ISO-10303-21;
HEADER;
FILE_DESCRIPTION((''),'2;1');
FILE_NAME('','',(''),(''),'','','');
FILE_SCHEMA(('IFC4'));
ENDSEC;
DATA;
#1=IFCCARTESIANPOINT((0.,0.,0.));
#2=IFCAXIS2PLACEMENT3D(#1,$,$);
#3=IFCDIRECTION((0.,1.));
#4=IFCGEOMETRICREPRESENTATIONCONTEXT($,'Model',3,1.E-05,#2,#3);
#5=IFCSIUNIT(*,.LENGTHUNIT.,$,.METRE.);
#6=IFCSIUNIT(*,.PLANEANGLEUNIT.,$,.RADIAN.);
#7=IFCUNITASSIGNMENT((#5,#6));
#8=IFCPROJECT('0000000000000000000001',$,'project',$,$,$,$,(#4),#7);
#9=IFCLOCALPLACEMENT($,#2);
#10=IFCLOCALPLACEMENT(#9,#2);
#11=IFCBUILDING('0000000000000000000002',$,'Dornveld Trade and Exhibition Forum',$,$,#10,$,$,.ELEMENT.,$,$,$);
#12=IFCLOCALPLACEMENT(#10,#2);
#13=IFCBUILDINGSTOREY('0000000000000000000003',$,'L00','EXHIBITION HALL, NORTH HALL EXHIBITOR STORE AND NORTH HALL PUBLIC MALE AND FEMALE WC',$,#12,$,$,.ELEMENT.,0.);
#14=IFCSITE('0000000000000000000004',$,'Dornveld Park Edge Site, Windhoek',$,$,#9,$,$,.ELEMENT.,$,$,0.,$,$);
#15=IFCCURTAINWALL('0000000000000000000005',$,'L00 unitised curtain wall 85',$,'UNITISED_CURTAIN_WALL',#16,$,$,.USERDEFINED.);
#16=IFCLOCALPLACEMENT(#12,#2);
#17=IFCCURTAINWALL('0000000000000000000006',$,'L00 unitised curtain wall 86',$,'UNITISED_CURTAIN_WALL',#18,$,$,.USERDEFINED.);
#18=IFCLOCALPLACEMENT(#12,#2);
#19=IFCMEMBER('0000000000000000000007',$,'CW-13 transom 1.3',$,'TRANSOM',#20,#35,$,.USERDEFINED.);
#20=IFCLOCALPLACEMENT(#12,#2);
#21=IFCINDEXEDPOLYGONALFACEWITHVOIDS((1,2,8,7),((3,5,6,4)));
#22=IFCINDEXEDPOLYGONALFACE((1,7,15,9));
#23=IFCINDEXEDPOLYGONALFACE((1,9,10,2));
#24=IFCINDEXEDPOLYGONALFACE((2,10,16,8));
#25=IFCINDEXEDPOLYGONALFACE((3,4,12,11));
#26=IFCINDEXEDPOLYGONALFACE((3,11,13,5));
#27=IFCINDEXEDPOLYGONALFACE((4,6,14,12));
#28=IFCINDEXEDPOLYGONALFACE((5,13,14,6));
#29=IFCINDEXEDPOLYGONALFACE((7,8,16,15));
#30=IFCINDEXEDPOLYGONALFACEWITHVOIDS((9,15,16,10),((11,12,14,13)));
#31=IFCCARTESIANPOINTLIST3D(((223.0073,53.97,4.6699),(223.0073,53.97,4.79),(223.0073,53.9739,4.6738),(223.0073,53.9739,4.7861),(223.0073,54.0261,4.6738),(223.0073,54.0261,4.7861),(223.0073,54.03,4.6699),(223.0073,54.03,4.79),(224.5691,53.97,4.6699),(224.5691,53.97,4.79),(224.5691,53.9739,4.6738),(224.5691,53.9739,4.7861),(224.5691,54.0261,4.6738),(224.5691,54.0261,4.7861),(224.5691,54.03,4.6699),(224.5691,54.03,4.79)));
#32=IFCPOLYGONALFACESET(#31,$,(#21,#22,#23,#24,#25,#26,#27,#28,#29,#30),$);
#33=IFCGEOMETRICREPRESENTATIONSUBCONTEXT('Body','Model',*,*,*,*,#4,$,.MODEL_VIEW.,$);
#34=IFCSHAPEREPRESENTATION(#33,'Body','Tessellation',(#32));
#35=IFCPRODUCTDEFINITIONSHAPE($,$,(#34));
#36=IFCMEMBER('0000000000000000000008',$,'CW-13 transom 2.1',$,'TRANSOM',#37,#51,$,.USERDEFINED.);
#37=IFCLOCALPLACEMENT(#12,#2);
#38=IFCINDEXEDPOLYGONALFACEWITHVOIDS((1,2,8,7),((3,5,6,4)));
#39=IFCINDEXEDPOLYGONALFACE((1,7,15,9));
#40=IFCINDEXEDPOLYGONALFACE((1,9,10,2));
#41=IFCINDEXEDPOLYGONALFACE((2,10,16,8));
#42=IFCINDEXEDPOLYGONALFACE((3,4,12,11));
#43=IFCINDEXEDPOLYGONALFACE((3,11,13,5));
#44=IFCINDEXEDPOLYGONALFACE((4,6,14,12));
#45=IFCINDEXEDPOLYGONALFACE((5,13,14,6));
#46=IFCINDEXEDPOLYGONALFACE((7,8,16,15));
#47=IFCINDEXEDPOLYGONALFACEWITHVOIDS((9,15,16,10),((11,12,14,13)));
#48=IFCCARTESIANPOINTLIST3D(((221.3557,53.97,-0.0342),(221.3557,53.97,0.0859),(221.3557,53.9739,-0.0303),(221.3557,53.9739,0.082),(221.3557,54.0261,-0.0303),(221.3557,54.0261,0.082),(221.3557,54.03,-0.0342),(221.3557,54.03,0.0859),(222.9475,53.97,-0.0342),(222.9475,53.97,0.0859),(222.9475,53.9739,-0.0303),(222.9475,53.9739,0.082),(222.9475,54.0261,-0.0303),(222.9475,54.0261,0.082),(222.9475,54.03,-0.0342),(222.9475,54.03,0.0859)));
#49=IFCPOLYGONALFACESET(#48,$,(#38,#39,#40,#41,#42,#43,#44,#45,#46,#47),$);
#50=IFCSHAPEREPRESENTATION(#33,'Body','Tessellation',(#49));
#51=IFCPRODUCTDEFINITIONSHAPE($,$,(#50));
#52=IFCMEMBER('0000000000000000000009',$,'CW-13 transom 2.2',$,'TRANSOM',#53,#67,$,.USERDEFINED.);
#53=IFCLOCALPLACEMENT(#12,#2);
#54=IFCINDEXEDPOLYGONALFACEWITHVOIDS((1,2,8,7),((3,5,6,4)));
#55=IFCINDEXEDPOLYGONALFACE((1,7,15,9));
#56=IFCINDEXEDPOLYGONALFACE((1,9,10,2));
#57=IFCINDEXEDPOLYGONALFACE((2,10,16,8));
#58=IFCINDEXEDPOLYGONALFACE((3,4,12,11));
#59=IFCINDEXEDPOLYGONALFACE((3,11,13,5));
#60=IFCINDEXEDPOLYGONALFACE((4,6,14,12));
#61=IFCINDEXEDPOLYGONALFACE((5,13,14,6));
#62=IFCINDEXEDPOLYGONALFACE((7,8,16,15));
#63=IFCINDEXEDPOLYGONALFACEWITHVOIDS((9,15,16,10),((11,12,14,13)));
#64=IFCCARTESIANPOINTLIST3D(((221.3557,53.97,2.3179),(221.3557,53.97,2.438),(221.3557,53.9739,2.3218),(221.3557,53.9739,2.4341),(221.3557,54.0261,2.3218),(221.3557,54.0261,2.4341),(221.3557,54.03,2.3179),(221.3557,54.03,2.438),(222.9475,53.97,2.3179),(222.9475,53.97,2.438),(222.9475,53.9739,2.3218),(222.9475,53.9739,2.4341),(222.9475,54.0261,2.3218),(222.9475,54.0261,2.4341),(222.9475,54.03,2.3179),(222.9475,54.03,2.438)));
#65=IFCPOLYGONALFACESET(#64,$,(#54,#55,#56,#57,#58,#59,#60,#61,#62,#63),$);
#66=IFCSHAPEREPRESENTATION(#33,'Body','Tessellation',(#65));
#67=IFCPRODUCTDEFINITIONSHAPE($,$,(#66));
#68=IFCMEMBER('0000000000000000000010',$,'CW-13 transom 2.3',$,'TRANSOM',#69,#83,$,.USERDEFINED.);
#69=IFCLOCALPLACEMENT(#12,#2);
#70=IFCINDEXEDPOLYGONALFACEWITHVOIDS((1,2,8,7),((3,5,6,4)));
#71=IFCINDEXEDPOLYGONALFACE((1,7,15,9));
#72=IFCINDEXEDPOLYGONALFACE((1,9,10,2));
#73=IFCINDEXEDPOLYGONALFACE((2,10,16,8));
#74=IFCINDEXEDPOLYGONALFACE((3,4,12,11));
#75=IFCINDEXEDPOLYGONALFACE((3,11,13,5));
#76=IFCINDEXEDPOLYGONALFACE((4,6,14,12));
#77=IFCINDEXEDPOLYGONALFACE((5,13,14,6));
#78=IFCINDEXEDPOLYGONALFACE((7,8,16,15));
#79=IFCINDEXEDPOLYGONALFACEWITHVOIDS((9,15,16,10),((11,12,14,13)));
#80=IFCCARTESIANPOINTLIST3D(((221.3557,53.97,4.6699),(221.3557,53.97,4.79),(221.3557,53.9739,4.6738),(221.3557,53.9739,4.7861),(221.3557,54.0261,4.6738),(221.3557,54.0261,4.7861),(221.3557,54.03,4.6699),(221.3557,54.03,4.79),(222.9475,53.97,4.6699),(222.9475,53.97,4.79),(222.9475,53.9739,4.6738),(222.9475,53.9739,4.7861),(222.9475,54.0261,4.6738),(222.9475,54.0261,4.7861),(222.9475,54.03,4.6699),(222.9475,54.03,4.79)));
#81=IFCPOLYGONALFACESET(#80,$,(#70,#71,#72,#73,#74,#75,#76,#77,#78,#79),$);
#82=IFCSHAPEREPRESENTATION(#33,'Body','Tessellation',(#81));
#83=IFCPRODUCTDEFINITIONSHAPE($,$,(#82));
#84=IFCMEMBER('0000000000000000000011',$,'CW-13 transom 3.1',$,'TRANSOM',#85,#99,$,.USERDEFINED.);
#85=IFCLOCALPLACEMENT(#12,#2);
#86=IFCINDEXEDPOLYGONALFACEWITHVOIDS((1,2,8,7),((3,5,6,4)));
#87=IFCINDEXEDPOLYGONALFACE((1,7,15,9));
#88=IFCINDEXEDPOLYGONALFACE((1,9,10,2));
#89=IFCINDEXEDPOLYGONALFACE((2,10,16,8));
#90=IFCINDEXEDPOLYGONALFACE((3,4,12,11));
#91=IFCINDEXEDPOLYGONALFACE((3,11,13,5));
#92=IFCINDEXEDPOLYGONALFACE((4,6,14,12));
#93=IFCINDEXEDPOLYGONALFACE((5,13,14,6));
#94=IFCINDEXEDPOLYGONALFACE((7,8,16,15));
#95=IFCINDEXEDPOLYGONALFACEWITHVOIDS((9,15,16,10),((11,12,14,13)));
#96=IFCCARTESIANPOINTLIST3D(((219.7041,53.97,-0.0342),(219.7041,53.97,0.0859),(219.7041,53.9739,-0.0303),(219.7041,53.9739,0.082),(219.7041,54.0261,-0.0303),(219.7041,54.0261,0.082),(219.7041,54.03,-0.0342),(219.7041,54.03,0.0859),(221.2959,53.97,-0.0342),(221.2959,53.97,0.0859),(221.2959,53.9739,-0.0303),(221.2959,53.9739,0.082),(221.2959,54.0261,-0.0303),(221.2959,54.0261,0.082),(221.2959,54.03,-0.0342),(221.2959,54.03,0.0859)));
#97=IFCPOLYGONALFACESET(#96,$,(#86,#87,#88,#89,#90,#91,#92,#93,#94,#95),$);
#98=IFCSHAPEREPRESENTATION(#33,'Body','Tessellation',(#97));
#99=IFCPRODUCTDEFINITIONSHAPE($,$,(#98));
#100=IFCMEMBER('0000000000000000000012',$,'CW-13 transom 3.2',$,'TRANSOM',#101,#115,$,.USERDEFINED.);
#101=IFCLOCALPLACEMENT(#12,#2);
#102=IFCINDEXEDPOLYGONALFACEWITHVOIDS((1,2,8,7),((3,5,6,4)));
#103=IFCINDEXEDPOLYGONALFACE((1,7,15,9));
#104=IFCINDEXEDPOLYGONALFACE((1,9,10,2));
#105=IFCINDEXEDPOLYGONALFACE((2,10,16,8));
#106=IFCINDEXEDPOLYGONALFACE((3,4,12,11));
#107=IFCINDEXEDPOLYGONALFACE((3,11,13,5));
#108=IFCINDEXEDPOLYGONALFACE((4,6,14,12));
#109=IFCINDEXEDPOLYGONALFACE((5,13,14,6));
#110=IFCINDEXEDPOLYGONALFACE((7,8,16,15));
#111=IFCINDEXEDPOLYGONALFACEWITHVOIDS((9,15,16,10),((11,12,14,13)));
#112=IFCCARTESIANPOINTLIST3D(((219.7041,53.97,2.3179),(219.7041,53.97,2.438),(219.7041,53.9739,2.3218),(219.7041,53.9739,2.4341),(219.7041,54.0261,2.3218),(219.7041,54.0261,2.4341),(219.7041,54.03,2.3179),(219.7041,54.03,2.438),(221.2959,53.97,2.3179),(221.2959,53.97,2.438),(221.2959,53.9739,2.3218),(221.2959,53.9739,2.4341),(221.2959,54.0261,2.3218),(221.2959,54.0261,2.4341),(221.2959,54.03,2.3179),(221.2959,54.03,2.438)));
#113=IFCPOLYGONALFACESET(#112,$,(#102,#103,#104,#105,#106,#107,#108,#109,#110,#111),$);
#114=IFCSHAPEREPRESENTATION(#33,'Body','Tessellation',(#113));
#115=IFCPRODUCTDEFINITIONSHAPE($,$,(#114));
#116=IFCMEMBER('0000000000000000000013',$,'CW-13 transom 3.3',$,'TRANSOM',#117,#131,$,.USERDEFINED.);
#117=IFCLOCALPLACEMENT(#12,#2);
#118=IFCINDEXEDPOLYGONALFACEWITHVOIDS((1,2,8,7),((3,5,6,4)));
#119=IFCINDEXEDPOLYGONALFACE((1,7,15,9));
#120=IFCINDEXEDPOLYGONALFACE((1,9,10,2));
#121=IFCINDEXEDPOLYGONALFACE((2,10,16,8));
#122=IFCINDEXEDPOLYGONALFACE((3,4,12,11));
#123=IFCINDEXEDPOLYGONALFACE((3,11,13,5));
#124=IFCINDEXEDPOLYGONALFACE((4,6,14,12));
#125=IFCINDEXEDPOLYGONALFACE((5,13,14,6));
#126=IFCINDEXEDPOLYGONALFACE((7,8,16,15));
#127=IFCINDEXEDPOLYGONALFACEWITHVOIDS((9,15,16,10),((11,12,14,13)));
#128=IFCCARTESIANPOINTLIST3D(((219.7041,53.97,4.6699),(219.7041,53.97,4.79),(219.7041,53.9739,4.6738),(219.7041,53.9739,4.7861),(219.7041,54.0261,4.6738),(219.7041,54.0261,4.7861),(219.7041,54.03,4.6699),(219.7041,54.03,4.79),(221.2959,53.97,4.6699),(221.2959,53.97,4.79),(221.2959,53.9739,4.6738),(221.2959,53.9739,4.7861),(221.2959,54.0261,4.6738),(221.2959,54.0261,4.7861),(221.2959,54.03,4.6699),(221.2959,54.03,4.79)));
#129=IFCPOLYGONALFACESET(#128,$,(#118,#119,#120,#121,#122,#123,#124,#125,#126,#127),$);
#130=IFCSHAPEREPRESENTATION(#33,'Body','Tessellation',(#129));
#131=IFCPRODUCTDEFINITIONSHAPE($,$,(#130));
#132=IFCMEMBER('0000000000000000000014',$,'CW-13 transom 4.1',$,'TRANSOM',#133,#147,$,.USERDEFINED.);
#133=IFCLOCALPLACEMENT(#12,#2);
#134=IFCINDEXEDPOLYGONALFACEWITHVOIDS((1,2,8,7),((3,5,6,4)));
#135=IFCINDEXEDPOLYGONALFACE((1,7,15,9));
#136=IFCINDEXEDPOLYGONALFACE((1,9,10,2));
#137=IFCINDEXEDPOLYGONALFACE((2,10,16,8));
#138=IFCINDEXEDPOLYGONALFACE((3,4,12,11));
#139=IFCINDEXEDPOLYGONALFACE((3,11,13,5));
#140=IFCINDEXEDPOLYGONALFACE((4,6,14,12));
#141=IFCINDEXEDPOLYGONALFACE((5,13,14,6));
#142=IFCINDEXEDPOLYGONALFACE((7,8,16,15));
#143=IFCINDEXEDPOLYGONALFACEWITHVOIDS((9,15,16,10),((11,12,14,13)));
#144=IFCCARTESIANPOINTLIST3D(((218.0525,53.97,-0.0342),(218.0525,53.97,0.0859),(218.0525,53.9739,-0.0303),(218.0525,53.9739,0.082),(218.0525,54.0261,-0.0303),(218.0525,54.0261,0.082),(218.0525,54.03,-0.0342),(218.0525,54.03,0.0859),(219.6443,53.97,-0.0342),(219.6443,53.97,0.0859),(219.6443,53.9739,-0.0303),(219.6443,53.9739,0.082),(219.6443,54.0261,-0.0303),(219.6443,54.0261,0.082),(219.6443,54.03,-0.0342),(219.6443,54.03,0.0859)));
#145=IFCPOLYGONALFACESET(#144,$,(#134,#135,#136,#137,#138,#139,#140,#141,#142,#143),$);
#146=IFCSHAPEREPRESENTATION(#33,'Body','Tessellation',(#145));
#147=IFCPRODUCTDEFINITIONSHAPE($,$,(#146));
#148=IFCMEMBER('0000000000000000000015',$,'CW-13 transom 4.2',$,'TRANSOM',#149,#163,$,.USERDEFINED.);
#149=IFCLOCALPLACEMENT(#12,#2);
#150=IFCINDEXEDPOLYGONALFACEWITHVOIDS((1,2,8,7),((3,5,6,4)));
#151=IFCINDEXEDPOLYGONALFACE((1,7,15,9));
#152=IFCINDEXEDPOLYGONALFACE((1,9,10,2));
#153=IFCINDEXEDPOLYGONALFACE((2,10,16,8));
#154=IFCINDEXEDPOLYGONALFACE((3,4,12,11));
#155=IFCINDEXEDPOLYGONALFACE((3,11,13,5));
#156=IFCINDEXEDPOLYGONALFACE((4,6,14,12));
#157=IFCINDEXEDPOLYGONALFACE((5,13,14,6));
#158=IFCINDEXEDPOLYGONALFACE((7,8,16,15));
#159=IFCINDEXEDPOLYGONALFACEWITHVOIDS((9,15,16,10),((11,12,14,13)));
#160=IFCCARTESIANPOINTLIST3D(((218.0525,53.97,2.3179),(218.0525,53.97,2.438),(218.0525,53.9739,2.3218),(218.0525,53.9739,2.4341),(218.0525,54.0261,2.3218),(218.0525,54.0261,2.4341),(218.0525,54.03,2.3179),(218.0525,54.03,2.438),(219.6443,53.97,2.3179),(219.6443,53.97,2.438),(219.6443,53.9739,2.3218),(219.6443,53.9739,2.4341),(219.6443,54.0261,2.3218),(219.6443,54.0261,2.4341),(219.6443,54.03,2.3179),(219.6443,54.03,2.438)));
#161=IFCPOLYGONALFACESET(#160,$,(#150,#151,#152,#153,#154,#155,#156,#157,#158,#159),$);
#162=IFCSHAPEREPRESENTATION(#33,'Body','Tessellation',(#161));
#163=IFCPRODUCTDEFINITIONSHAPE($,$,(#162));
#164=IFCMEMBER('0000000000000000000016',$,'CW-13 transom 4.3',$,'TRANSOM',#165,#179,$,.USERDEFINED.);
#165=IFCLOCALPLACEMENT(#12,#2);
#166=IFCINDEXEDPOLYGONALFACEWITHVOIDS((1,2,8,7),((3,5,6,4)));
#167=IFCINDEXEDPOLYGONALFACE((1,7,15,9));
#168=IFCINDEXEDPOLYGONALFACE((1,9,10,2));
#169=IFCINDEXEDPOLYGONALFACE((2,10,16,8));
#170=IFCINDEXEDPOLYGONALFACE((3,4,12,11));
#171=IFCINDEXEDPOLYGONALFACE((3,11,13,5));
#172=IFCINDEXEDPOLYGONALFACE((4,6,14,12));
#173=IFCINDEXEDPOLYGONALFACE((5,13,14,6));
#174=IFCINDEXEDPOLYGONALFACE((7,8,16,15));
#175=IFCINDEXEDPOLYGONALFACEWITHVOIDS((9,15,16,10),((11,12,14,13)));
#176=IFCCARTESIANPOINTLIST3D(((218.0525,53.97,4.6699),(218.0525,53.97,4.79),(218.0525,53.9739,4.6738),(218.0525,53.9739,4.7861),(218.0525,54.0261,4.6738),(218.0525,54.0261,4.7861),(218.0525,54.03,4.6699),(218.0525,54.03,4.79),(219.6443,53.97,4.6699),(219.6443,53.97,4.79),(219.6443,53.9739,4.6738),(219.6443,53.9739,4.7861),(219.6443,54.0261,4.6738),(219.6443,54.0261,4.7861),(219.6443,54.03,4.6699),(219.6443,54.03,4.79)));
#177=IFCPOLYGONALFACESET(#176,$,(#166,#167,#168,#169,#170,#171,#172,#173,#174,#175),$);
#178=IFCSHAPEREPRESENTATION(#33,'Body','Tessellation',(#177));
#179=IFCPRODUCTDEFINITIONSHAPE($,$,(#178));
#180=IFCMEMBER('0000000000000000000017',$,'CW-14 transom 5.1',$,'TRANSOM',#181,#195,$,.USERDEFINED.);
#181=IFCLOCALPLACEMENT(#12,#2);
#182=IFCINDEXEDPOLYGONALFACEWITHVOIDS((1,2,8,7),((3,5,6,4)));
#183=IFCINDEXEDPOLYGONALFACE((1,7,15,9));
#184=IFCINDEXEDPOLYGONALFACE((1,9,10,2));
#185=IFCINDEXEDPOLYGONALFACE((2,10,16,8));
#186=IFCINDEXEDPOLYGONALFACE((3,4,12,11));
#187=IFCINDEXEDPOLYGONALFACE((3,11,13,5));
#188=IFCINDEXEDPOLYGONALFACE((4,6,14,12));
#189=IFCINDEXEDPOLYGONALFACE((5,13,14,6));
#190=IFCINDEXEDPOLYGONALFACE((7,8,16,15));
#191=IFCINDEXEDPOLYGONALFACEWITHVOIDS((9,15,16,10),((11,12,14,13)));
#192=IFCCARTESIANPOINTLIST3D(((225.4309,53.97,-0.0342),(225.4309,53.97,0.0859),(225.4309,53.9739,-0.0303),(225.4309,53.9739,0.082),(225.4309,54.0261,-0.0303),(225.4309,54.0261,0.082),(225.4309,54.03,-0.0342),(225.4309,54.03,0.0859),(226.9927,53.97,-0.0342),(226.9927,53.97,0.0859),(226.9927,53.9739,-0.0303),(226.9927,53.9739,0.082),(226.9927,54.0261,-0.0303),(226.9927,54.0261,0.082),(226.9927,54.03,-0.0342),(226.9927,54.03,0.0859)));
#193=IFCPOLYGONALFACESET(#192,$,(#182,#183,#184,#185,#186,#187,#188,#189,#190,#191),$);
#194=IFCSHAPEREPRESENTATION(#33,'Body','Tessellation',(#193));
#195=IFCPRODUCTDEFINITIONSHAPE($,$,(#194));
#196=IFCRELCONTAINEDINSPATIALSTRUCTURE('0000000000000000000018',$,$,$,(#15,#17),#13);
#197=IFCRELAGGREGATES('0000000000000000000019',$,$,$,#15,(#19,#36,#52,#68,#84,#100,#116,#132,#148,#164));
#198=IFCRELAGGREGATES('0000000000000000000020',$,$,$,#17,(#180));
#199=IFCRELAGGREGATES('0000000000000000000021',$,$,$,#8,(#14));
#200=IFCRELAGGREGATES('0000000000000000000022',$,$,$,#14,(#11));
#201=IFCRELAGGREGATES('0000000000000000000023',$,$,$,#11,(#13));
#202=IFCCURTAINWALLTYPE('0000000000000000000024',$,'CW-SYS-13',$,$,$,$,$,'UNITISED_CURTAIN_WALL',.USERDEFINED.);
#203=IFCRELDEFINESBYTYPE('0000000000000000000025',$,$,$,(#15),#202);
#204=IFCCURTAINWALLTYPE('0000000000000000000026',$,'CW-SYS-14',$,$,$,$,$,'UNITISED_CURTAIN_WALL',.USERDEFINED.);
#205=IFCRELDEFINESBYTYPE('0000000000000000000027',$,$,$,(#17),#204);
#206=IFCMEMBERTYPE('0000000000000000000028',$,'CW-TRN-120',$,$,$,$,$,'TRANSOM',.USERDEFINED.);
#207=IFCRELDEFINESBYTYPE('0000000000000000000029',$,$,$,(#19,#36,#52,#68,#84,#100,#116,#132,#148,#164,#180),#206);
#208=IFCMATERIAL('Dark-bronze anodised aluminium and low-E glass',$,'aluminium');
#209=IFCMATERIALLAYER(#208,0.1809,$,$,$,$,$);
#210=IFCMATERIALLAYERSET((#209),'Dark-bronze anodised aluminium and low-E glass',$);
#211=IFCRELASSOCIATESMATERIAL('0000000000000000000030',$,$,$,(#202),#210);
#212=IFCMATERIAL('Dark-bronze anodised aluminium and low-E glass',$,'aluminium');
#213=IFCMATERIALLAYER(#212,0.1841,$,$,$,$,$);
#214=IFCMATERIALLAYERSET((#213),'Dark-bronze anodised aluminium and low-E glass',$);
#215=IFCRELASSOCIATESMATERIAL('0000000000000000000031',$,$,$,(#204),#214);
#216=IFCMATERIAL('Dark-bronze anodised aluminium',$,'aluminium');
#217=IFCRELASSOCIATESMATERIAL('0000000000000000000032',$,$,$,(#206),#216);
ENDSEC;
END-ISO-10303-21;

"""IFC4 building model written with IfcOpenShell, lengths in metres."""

from ifc_helpers import new_model, si_unit, direction, frame, origin, origin_2d, place, context, subcontext, project, spatial, hollow_rectangle, extrude, material, layer, layer_set, material_profile, profile_set, type_object, element, aggregate, save


model = new_model("IFC4")

# Units and contexts
model_context = context("Model", 3, precision=1e-05, world=origin(), true_north=direction((0.0, 1.0)))
body_context = subcontext(model_context, "Body", "Model", "MODEL_VIEW")
ifc_project = project(units=[si_unit("LENGTHUNIT", "METRE"), si_unit("PLANEANGLEUNIT", "RADIAN")], contexts=[model_context])

# Site, building, storey
site_placement = place(None, origin())
site = spatial("IfcSite", under=ifc_project, at=site_placement, Name="Dornveld Park Edge Site, Windhoek", CompositionType="ELEMENT", RefElevation=0.0)
building_placement = place(site_placement, origin())
building = spatial("IfcBuilding", under=site, at=building_placement, Name="Dornveld Trade and Exhibition Forum", CompositionType="ELEMENT")
storey_placement = place(building_placement, origin())
storey = spatial("IfcBuildingStorey", under=building, at=storey_placement, Name="L00", Description="EXHIBITION HALL, NORTH HALL EXHIBITOR STORE AND NORTH HALL PUBLIC MALE AND FEMALE WC", CompositionType="ELEMENT", Elevation=0.0)

# Curtain wall
ifc_material_1 = material(Name="Dark-bronze anodised aluminium and low-E glass", Category="aluminium")
ifc_layer_1 = layer(ifc_material_1, 0.1809)
ifc_layer_set_1 = layer_set([ifc_layer_1], Name="Dark-bronze anodised aluminium and low-E glass")
curtain_wall_type_1 = type_object("IfcCurtainWallType", Name="CW-SYS-13", ElementType="UNITISED_CURTAIN_WALL", PredefinedType="USERDEFINED", material=ifc_layer_set_1)
curtain_wall_1_placement = place(storey_placement, origin())
curtain_wall_1 = element("IfcCurtainWall", 1, at=curtain_wall_1_placement, inside=storey, type_object=curtain_wall_type_1, Name="L00 unitised curtain wall 85", ObjectType="UNITISED_CURTAIN_WALL", PredefinedType="USERDEFINED")

# Curtain wall
ifc_material_2 = material(Name="Dark-bronze anodised aluminium and low-E glass", Category="aluminium")
ifc_layer_2 = layer(ifc_material_2, 0.1841)
ifc_layer_set_2 = layer_set([ifc_layer_2], Name="Dark-bronze anodised aluminium and low-E glass")
curtain_wall_type_2 = type_object("IfcCurtainWallType", Name="CW-SYS-14", ElementType="UNITISED_CURTAIN_WALL", PredefinedType="USERDEFINED", material=ifc_layer_set_2)
curtain_wall_2_placement = place(storey_placement, origin())
curtain_wall_2 = element("IfcCurtainWall", 2, at=curtain_wall_2_placement, inside=storey, type_object=curtain_wall_type_2, Name="L00 unitised curtain wall 86", ObjectType="UNITISED_CURTAIN_WALL", PredefinedType="USERDEFINED")

# Members
ifc_material_3 = material(Name="Dark-bronze anodised aluminium", Category="aluminium")
ifc_material_profile_1 = material_profile(ifc_material_3, hollow_rectangle(XDim=0.0601, YDim=0.1201, WallThickness=0.0039, at=origin_2d()), Name="RHS 120x60x4")
ifc_profile_set_1 = profile_set([ifc_material_profile_1], Name="Dark-bronze anodised aluminium")
member_type_1 = type_object("IfcMemberType", Name="CW-TRN-120", ElementType="TRANSOM", PredefinedType="USERDEFINED", material=ifc_profile_set_1)
member_1_placement = place(storey_placement, frame((224.5691, 54.0, 4.73), z_axis=(-1.0, 0.0, 0.0), x_axis=(0.0, -1.0, 0.0)))
member_1 = element("IfcMember", 3, at=member_1_placement, type_object=member_type_1, Name="CW-13 transom 1.3", ObjectType="TRANSOM", PredefinedType="USERDEFINED", context=body_context, shape_type="SweptSolid", body=[
    extrude(hollow_rectangle(XDim=0.0601, YDim=0.1201, WallThickness=0.0039, at=origin_2d()), origin(), (0.0, 0.0, 1.0), 1.5618),
])
member_2_placement = place(storey_placement, frame((222.9475, 54.0, 0.0259), z_axis=(-1.0, 0.0, 0.0), x_axis=(0.0, -1.0, 0.0)))
member_2 = element("IfcMember", 4, at=member_2_placement, type_object=member_type_1, Name="CW-13 transom 2.1", ObjectType="TRANSOM", PredefinedType="USERDEFINED", context=body_context, shape_type="SweptSolid", body=[
    extrude(hollow_rectangle(XDim=0.0601, YDim=0.1201, WallThickness=0.0039, at=origin_2d()), origin(), (0.0, 0.0, 1.0), 1.5918),
])
member_3_placement = place(storey_placement, frame((222.9475, 54.0, 2.3779), z_axis=(-1.0, 0.0, 0.0), x_axis=(0.0, -1.0, 0.0)))
member_3 = element("IfcMember", 5, at=member_3_placement, type_object=member_type_1, Name="CW-13 transom 2.2", ObjectType="TRANSOM", PredefinedType="USERDEFINED", context=body_context, shape_type="SweptSolid", body=[
    extrude(hollow_rectangle(XDim=0.0601, YDim=0.1201, WallThickness=0.0039, at=origin_2d()), origin(), (0.0, 0.0, 1.0), 1.5918),
])
member_4_placement = place(storey_placement, frame((222.9475, 54.0, 4.73), z_axis=(-1.0, 0.0, 0.0), x_axis=(0.0, -1.0, 0.0)))
member_4 = element("IfcMember", 6, at=member_4_placement, type_object=member_type_1, Name="CW-13 transom 2.3", ObjectType="TRANSOM", PredefinedType="USERDEFINED", context=body_context, shape_type="SweptSolid", body=[
    extrude(hollow_rectangle(XDim=0.0601, YDim=0.1201, WallThickness=0.0039, at=origin_2d()), origin(), (0.0, 0.0, 1.0), 1.5918),
])
member_5_placement = place(storey_placement, frame((221.2959, 54.0, 0.0259), z_axis=(-1.0, 0.0, 0.0), x_axis=(0.0, -1.0, 0.0)))
member_5 = element("IfcMember", 7, at=member_5_placement, type_object=member_type_1, Name="CW-13 transom 3.1", ObjectType="TRANSOM", PredefinedType="USERDEFINED", context=body_context, shape_type="SweptSolid", body=[
    extrude(hollow_rectangle(XDim=0.0601, YDim=0.1201, WallThickness=0.0039, at=origin_2d()), origin(), (0.0, 0.0, 1.0), 1.5918),
])
member_6_placement = place(storey_placement, frame((221.2959, 54.0, 2.3779), z_axis=(-1.0, 0.0, 0.0), x_axis=(0.0, -1.0, 0.0)))
member_6 = element("IfcMember", 8, at=member_6_placement, type_object=member_type_1, Name="CW-13 transom 3.2", ObjectType="TRANSOM", PredefinedType="USERDEFINED", context=body_context, shape_type="SweptSolid", body=[
    extrude(hollow_rectangle(XDim=0.0601, YDim=0.1201, WallThickness=0.0039, at=origin_2d()), origin(), (0.0, 0.0, 1.0), 1.5918),
])
member_7_placement = place(storey_placement, frame((221.2959, 54.0, 4.73), z_axis=(-1.0, 0.0, 0.0), x_axis=(0.0, -1.0, 0.0)))
member_7 = element("IfcMember", 9, at=member_7_placement, type_object=member_type_1, Name="CW-13 transom 3.3", ObjectType="TRANSOM", PredefinedType="USERDEFINED", context=body_context, shape_type="SweptSolid", body=[
    extrude(hollow_rectangle(XDim=0.0601, YDim=0.1201, WallThickness=0.0039, at=origin_2d()), origin(), (0.0, 0.0, 1.0), 1.5918),
])
member_8_placement = place(storey_placement, frame((219.6443, 54.0, 0.0259), z_axis=(-1.0, 0.0, 0.0), x_axis=(0.0, -1.0, 0.0)))
member_8 = element("IfcMember", 10, at=member_8_placement, type_object=member_type_1, Name="CW-13 transom 4.1", ObjectType="TRANSOM", PredefinedType="USERDEFINED", context=body_context, shape_type="SweptSolid", body=[
    extrude(hollow_rectangle(XDim=0.0601, YDim=0.1201, WallThickness=0.0039, at=origin_2d()), origin(), (0.0, 0.0, 1.0), 1.5918),
])
member_9_placement = place(storey_placement, frame((219.6443, 54.0, 2.3779), z_axis=(-1.0, 0.0, 0.0), x_axis=(0.0, -1.0, 0.0)))
member_9 = element("IfcMember", 11, at=member_9_placement, type_object=member_type_1, Name="CW-13 transom 4.2", ObjectType="TRANSOM", PredefinedType="USERDEFINED", context=body_context, shape_type="SweptSolid", body=[
    extrude(hollow_rectangle(XDim=0.0601, YDim=0.1201, WallThickness=0.0039, at=origin_2d()), origin(), (0.0, 0.0, 1.0), 1.5918),
])
member_10_placement = place(storey_placement, frame((219.6443, 54.0, 4.73), z_axis=(-1.0, 0.0, 0.0), x_axis=(0.0, -1.0, 0.0)))
member_10 = element("IfcMember", 12, at=member_10_placement, type_object=member_type_1, Name="CW-13 transom 4.3", ObjectType="TRANSOM", PredefinedType="USERDEFINED", context=body_context, shape_type="SweptSolid", body=[
    extrude(hollow_rectangle(XDim=0.0601, YDim=0.1201, WallThickness=0.0039, at=origin_2d()), origin(), (0.0, 0.0, 1.0), 1.5918),
])
member_11_placement = place(storey_placement, frame((226.9927, 54.0, 0.0259), z_axis=(-1.0, 0.0, 0.0), x_axis=(0.0, -1.0, 0.0)))
member_11 = element("IfcMember", 13, at=member_11_placement, type_object=member_type_1, Name="CW-14 transom 5.1", ObjectType="TRANSOM", PredefinedType="USERDEFINED", context=body_context, shape_type="SweptSolid", body=[
    extrude(hollow_rectangle(XDim=0.0601, YDim=0.1201, WallThickness=0.0039, at=origin_2d()), origin(), (0.0, 0.0, 1.0), 1.5618),
])

aggregate(curtain_wall_1, [member_1, member_2, member_3, member_4, member_5, member_6, member_7, member_8, member_9, member_10])
aggregate(curtain_wall_2, [member_11])

save(model, "model.ifc")
